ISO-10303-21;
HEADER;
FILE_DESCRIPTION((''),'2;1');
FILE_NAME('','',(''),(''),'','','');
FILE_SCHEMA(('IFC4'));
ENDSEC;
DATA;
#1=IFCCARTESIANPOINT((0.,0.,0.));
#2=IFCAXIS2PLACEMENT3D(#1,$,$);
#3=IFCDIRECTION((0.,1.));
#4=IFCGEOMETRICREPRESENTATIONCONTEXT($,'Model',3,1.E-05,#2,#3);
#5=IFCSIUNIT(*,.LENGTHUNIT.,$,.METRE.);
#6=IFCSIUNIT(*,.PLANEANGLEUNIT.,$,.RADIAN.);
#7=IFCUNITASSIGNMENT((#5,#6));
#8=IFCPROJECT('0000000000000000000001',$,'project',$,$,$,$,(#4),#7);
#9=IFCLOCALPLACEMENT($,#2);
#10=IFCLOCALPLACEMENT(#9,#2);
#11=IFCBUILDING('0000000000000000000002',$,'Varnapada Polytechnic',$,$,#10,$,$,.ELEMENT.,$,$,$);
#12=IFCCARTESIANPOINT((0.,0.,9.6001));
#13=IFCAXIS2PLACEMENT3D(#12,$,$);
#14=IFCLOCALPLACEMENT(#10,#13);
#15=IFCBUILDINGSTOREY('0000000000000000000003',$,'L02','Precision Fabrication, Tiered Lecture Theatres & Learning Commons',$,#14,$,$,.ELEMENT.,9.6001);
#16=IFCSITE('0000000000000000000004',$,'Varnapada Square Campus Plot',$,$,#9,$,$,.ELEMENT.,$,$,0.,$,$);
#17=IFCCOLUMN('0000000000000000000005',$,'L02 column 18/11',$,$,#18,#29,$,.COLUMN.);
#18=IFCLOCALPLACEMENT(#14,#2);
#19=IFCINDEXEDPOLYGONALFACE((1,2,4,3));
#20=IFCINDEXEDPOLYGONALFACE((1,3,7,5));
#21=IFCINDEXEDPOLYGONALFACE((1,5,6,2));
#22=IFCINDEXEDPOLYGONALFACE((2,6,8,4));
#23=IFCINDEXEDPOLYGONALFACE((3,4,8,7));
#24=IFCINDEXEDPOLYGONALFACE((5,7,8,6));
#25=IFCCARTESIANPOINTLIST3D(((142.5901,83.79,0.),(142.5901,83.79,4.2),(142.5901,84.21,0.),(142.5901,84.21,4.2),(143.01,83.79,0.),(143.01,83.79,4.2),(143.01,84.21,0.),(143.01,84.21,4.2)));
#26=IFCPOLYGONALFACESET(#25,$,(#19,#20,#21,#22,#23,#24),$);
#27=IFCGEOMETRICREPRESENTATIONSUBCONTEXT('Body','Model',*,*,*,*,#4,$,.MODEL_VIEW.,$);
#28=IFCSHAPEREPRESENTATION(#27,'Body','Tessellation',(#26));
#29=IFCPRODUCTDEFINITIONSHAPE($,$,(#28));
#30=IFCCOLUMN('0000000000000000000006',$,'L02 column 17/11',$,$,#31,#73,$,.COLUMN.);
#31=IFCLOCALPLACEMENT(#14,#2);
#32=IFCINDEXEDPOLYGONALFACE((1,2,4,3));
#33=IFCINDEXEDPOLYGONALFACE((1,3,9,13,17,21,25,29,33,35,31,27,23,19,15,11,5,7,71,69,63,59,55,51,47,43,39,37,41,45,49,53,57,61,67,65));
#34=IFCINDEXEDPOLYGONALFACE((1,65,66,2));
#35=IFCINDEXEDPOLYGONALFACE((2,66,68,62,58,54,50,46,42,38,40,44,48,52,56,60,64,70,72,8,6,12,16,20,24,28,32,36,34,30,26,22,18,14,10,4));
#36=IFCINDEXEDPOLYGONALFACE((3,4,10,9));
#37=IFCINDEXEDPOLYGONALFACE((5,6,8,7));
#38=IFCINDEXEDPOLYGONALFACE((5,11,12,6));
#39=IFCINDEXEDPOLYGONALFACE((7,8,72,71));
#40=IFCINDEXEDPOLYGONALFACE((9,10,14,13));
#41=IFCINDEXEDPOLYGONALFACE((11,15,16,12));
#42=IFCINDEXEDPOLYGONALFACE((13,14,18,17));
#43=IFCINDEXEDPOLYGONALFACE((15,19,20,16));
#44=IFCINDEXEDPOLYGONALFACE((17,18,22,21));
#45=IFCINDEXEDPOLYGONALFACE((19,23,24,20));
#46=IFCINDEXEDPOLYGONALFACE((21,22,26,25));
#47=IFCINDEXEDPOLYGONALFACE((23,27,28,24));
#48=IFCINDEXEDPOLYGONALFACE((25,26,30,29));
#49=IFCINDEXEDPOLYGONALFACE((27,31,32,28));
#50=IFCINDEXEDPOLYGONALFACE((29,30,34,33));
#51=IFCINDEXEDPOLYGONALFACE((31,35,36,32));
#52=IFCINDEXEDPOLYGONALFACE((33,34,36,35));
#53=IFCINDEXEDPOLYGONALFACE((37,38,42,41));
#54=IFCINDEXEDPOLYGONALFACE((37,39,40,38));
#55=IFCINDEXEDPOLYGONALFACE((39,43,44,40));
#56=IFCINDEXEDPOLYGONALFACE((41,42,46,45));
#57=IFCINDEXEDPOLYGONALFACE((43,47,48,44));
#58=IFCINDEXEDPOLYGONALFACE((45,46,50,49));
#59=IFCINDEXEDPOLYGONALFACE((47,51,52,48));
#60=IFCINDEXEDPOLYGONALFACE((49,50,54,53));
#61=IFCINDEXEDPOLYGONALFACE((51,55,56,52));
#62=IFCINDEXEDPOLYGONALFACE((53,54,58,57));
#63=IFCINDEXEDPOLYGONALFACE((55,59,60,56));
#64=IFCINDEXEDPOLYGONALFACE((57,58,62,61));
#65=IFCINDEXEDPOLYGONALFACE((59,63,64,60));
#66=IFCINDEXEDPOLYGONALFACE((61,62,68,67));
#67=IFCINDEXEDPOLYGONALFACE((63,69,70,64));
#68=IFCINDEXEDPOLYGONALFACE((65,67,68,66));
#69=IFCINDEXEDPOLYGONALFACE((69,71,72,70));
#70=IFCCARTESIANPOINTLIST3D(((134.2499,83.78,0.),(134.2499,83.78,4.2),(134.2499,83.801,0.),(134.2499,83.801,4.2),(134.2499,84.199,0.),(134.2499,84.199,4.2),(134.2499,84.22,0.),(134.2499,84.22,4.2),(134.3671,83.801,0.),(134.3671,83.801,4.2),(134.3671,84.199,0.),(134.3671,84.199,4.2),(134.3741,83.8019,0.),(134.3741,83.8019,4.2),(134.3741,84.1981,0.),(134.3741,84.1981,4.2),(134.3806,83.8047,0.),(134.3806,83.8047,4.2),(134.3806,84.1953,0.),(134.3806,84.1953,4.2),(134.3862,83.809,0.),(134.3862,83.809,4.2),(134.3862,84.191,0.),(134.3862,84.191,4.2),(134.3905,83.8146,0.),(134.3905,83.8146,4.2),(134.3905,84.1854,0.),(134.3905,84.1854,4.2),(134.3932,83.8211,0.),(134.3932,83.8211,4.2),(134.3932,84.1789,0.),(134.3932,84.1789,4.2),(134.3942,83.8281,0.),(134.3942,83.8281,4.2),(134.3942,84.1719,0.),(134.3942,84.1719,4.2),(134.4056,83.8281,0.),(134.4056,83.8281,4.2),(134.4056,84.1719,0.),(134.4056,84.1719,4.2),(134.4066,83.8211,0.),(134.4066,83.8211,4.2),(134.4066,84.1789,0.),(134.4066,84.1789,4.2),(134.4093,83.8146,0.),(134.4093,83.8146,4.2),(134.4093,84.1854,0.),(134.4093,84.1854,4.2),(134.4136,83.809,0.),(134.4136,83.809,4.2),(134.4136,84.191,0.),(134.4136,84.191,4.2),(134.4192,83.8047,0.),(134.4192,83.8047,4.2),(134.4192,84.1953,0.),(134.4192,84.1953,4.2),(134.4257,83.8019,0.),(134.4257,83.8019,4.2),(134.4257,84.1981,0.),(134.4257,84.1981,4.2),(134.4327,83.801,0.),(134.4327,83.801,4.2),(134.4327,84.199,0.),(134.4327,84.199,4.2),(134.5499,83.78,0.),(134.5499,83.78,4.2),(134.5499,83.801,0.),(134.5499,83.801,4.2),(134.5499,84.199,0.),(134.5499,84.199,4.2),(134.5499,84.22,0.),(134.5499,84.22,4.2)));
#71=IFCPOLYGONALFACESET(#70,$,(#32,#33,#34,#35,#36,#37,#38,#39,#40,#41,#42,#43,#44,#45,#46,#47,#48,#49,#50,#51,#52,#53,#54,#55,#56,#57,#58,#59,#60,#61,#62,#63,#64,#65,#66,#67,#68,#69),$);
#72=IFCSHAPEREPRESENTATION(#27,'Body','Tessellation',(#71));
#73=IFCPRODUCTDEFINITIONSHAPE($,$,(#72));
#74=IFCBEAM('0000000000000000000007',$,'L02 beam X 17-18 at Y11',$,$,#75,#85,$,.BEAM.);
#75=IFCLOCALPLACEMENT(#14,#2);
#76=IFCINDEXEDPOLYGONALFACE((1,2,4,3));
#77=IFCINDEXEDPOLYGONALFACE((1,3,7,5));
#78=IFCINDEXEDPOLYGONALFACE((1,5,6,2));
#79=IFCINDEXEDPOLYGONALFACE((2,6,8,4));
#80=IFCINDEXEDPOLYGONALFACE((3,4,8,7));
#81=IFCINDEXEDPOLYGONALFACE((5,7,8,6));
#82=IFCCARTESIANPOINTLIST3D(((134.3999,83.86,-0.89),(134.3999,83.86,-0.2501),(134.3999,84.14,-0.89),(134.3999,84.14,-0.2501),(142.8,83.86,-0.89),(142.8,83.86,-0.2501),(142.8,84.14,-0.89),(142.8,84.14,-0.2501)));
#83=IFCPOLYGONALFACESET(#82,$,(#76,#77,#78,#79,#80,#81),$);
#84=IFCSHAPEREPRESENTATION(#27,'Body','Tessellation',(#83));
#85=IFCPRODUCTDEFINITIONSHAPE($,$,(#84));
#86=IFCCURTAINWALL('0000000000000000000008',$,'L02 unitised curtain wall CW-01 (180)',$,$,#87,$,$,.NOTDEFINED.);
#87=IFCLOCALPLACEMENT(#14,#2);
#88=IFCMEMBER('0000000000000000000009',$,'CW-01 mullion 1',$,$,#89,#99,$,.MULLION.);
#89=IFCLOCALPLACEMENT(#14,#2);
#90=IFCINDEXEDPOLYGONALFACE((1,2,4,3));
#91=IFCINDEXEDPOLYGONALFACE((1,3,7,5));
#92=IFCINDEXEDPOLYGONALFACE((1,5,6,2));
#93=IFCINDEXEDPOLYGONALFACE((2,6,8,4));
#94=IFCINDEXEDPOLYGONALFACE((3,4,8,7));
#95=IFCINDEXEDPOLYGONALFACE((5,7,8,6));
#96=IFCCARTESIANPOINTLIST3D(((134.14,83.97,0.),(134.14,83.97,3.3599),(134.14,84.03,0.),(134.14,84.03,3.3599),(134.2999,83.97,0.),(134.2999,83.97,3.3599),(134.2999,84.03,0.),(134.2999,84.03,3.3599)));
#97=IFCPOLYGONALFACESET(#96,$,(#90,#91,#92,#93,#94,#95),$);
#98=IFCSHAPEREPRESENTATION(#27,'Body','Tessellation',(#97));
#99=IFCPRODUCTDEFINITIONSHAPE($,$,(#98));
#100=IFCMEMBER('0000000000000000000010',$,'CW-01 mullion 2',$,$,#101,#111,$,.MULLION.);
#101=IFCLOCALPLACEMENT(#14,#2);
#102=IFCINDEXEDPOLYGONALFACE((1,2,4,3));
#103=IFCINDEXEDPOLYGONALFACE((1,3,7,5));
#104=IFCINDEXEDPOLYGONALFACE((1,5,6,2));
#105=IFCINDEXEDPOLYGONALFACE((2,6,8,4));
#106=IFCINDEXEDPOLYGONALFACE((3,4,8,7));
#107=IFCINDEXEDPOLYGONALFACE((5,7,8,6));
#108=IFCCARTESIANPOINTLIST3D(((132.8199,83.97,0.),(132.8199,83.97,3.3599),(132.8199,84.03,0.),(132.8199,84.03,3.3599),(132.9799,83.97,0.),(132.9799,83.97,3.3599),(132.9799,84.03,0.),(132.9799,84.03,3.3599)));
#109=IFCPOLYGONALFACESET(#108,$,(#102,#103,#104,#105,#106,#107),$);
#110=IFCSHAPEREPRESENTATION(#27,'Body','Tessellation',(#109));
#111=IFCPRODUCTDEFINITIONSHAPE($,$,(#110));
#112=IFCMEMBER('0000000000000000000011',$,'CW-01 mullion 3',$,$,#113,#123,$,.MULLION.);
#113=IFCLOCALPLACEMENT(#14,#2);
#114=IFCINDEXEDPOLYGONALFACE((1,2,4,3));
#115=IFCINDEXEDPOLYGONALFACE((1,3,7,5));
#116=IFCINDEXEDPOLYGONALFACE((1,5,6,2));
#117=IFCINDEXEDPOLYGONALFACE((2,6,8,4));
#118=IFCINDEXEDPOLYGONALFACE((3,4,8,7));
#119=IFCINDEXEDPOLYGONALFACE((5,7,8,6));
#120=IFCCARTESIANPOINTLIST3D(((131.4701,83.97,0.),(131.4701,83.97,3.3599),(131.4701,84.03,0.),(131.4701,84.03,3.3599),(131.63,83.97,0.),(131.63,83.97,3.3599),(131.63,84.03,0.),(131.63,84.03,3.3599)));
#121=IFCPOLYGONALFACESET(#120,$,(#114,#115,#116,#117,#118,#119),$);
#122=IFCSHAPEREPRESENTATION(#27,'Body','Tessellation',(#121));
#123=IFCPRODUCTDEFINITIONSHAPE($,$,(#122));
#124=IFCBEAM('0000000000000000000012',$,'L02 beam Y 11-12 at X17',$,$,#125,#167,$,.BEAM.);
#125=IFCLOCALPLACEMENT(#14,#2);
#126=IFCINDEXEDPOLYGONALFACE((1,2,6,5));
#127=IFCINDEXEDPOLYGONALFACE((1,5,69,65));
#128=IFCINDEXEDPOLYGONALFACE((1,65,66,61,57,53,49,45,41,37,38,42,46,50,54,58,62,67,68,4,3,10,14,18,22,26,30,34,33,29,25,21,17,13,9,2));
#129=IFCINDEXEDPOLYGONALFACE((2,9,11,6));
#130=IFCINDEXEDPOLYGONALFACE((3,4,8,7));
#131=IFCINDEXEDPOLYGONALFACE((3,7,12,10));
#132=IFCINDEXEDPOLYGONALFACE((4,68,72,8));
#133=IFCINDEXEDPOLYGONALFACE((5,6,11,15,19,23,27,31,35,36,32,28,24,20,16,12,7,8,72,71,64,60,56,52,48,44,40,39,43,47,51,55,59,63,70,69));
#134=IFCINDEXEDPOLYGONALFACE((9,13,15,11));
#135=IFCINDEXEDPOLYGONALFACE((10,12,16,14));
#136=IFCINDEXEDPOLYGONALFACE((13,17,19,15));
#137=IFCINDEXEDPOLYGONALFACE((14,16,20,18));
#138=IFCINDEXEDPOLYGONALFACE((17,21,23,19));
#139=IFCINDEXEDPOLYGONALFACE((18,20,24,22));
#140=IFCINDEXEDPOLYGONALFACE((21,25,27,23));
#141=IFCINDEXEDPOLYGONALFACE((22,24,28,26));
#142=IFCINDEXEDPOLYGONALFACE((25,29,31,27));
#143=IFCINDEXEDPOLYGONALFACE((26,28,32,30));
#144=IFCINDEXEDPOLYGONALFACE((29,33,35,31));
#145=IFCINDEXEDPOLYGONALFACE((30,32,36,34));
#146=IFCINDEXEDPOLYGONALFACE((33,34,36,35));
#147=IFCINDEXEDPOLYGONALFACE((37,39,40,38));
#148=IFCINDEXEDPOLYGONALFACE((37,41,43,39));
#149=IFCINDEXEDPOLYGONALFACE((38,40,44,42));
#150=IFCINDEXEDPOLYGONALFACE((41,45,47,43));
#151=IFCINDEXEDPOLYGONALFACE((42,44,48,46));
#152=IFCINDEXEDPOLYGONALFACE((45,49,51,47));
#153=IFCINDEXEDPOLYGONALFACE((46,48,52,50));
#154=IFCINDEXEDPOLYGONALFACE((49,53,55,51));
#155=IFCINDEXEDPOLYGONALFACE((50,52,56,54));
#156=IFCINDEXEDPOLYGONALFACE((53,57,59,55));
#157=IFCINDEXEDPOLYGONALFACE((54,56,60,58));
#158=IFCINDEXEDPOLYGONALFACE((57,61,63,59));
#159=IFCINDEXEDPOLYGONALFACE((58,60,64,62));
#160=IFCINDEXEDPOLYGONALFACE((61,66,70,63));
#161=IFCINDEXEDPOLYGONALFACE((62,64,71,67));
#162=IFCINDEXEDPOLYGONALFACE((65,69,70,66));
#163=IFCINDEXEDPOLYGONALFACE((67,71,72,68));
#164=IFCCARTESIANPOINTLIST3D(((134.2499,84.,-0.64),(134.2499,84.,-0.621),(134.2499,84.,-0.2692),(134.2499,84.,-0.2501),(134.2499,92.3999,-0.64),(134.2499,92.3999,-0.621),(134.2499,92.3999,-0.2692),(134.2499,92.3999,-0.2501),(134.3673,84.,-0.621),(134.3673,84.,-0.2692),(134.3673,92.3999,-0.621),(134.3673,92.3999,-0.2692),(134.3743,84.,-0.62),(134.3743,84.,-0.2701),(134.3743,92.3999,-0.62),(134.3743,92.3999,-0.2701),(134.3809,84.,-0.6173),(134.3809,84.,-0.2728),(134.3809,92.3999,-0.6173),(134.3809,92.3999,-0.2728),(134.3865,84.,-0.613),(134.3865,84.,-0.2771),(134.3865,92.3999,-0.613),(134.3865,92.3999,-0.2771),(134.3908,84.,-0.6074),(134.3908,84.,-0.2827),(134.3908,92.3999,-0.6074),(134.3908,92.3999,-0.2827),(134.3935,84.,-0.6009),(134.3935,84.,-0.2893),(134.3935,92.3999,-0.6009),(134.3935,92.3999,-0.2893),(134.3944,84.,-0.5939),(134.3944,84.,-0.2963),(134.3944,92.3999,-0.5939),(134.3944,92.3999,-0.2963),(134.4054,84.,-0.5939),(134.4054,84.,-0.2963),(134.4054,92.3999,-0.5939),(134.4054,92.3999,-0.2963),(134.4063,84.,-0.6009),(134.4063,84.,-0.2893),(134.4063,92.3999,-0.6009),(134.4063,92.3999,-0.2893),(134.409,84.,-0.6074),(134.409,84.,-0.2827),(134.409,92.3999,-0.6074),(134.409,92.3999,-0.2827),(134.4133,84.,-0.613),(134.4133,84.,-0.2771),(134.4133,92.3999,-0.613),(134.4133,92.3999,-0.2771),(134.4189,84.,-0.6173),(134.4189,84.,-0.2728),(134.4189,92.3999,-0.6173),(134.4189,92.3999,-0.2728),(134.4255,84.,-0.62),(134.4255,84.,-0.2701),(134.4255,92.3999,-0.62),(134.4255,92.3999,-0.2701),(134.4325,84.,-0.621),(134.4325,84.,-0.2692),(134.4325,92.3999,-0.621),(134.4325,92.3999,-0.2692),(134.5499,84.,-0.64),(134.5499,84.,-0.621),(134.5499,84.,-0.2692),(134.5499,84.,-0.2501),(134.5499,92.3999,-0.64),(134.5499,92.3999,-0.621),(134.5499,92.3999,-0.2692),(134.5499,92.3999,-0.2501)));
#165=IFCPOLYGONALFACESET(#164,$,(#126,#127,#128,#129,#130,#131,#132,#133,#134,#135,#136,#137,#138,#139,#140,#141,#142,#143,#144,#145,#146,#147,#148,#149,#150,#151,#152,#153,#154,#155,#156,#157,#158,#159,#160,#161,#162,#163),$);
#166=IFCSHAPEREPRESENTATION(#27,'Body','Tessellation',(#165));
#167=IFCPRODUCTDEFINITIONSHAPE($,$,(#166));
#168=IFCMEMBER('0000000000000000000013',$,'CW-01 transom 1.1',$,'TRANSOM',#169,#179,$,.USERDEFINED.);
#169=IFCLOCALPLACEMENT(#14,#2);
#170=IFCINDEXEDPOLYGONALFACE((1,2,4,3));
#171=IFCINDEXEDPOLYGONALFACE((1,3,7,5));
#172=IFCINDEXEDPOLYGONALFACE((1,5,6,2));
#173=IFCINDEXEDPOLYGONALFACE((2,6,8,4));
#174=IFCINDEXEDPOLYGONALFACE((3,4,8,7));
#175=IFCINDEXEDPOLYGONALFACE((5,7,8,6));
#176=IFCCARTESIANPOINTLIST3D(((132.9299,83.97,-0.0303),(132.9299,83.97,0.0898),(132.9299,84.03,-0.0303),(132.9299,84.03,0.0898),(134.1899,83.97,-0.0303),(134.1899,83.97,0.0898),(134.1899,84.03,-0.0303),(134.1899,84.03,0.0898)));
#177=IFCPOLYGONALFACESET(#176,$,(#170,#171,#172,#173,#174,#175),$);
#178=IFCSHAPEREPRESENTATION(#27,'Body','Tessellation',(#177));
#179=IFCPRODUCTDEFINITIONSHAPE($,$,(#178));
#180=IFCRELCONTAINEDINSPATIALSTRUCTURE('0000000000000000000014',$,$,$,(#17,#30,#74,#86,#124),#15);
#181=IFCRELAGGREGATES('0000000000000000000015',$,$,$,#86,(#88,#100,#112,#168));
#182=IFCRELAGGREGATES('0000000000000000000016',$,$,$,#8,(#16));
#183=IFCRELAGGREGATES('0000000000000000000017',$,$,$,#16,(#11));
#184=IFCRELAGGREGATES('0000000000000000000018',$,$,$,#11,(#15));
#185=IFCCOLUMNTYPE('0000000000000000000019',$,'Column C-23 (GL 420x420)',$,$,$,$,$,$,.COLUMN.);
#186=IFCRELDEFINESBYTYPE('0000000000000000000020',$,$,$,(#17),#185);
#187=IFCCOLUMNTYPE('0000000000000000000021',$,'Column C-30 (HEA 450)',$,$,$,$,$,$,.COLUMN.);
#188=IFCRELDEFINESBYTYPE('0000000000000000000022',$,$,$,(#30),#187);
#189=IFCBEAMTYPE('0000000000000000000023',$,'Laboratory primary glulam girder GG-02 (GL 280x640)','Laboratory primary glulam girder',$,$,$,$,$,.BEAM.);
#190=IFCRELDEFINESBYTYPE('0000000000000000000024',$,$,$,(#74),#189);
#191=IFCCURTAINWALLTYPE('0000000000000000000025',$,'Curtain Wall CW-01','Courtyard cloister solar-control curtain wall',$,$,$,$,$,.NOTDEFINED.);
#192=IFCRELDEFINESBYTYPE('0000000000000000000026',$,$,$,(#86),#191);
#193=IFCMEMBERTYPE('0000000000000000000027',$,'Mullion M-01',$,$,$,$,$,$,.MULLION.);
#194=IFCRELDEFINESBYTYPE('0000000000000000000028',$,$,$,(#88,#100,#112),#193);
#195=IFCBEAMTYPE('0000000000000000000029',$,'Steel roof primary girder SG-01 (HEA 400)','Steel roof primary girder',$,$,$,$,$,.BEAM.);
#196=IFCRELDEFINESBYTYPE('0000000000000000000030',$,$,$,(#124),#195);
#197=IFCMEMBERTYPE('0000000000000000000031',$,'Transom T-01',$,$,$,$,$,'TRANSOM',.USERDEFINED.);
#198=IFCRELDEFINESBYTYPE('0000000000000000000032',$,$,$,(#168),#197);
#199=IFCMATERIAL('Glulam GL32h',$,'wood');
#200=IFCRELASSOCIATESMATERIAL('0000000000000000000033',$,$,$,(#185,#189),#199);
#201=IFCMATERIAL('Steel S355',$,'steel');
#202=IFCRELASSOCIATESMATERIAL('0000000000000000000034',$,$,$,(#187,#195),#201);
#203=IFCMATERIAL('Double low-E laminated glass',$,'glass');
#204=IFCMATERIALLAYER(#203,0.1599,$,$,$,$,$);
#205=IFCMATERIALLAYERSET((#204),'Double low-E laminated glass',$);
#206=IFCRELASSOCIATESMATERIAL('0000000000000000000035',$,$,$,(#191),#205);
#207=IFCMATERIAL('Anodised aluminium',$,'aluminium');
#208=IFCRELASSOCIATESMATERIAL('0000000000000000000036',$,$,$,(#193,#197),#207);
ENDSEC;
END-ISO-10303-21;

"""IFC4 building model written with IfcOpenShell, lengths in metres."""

from ifc_helpers import new_model, si_unit, direction, frame, origin, origin_2d, place, context, subcontext, project, spatial, rectangle, i_section, extrude, material, layer, layer_set, material_profile, profile_set, type_object, element, aggregate, save


model = new_model("IFC4")

# Units and contexts
model_context = context("Model", 3, precision=1e-05, world=origin(), true_north=direction((0.0, 1.0)))
body_context = subcontext(model_context, "Body", "Model", "MODEL_VIEW")
ifc_project = project(units=[si_unit("LENGTHUNIT", "METRE"), si_unit("PLANEANGLEUNIT", "RADIAN")], contexts=[model_context])

# Site, building, storey
site_placement = place(None, origin())
site = spatial("IfcSite", under=ifc_project, at=site_placement, Name="Varnapada Square Campus Plot", CompositionType="ELEMENT", RefElevation=0.0)
building_placement = place(site_placement, origin())
building = spatial("IfcBuilding", under=site, at=building_placement, Name="Varnapada Polytechnic", CompositionType="ELEMENT")
storey_placement = place(building_placement, frame((0.0, 0.0, 9.6001)))
storey = spatial("IfcBuildingStorey", under=building, at=storey_placement, Name="L02", Description="Precision Fabrication, Tiered Lecture Theatres & Learning Commons", CompositionType="ELEMENT", Elevation=9.6001)

# Columns
ifc_material_1 = material(Name="Glulam GL32h", Category="wood")
ifc_material_profile_1 = material_profile(ifc_material_1, rectangle(XDim=0.4199, YDim=0.4199, at=origin_2d()), Name="GL 420x420")
ifc_profile_set_1 = profile_set([ifc_material_profile_1], Name="Glulam GL32h")
column_type_1 = type_object("IfcColumnType", Name="Column C-23 (GL 420x420)", PredefinedType="COLUMN", material=ifc_profile_set_1)
column_1_placement = place(storey_placement, frame((142.8, 84.0, 0.0), z_axis=(0.0, 0.0, 1.0), x_axis=(1.0, 0.0, 0.0)))
element("IfcColumn", 1, at=column_1_placement, inside=storey, type_object=column_type_1, Name="L02 column 18/11", PredefinedType="COLUMN", context=body_context, shape_type="SweptSolid", body=[
    extrude(rectangle(XDim=0.4199, YDim=0.4199, at=origin_2d()), origin(), (0.0, 0.0, 1.0), 4.2),
])
ifc_material_2 = material(Name="Steel S355", Category="steel")
ifc_material_profile_2 = material_profile(ifc_material_2, i_section(OverallWidth=0.3, OverallDepth=0.4399, WebThickness=0.0115, FlangeThickness=0.021, FilletRadius=0.0271, at=origin_2d()), Name="HEA 450")
ifc_profile_set_2 = profile_set([ifc_material_profile_2], Name="Steel S355")
column_type_2 = type_object("IfcColumnType", Name="Column C-30 (HEA 450)", PredefinedType="COLUMN", material=ifc_profile_set_2)
column_2_placement = place(storey_placement, frame((134.3999, 84.0, 0.0), z_axis=(0.0, 0.0, 1.0), x_axis=(1.0, 0.0, 0.0)))
element("IfcColumn", 2, at=column_2_placement, inside=storey, type_object=column_type_2, Name="L02 column 17/11", PredefinedType="COLUMN", context=body_context, shape_type="SweptSolid", body=[
    extrude(i_section(OverallWidth=0.3, OverallDepth=0.4399, WebThickness=0.0115, FlangeThickness=0.021, FilletRadius=0.0271, at=origin_2d()), origin(), (0.0, 0.0, 1.0), 4.2),
])

# Beam
ifc_material_profile_3 = material_profile(ifc_material_1, rectangle(XDim=0.28, YDim=0.6399, at=origin_2d()), Name="GL 280x640")
ifc_profile_set_3 = profile_set([ifc_material_profile_3], Name="Glulam GL32h")
beam_type_1 = type_object("IfcBeamType", Name="Laboratory primary glulam girder GG-02 (GL 280x640)", Description="Laboratory primary glulam girder", PredefinedType="BEAM", material=ifc_profile_set_3)
beam_1_placement = place(storey_placement, frame((134.3999, 84.0, -0.5701), z_axis=(1.0, 0.0, 0.0), x_axis=(0.0, 1.0, 0.0)))
element("IfcBeam", 3, at=beam_1_placement, inside=storey, type_object=beam_type_1, Name="L02 beam X 17-18 at Y11", PredefinedType="BEAM", context=body_context, shape_type="SweptSolid", body=[
    extrude(rectangle(XDim=0.28, YDim=0.6399, at=origin_2d()), origin(), (0.0, 0.0, 1.0), 8.4001),
])

# Curtain wall, members
ifc_material_3 = material(Name="Double low-E laminated glass", Category="glass")
ifc_layer_1 = layer(ifc_material_3, 0.1599)
ifc_layer_set_1 = layer_set([ifc_layer_1], Name="Double low-E laminated glass")
curtain_wall_type = type_object("IfcCurtainWallType", Name="Curtain Wall CW-01", Description="Courtyard cloister solar-control curtain wall", PredefinedType="NOTDEFINED", material=ifc_layer_set_1)
curtain_wall_placement = place(storey_placement, origin())
curtain_wall = element("IfcCurtainWall", 4, at=curtain_wall_placement, inside=storey, type_object=curtain_wall_type, Name="L02 unitised curtain wall CW-01 (180)", PredefinedType="NOTDEFINED")
ifc_material_4 = material(Name="Anodised aluminium", Category="aluminium")
ifc_material_profile_4 = material_profile(ifc_material_4, rectangle(XDim=0.0601, YDim=0.1599, at=origin_2d()), Name="ALU M60x160")
ifc_profile_set_4 = profile_set([ifc_material_profile_4], Name="Anodised aluminium")
member_type_1 = type_object("IfcMemberType", Name="Mullion M-01", PredefinedType="MULLION", material=ifc_profile_set_4)
member_1_placement = place(storey_placement, frame((134.22, 84.0, 0.0), z_axis=(0.0, 0.0, 1.0), x_axis=(0.0, -1.0, 0.0)))
member_1 = element("IfcMember", 5, at=member_1_placement, type_object=member_type_1, Name="CW-01 mullion 1", PredefinedType="MULLION", context=body_context, shape_type="SweptSolid", body=[
    extrude(rectangle(XDim=0.0601, YDim=0.1599, at=origin_2d()), origin(), (0.0, 0.0, 1.0), 3.3599),
])
member_2_placement = place(storey_placement, frame((132.8999, 84.0, 0.0), z_axis=(0.0, 0.0, 1.0), x_axis=(0.0, -1.0, 0.0)))
member_2 = element("IfcMember", 6, at=member_2_placement, type_object=member_type_1, Name="CW-01 mullion 2", PredefinedType="MULLION", context=body_context, shape_type="SweptSolid", body=[
    extrude(rectangle(XDim=0.0601, YDim=0.1599, at=origin_2d()), origin(), (0.0, 0.0, 1.0), 3.3599),
])
member_3_placement = place(storey_placement, frame((131.55, 84.0, 0.0), z_axis=(0.0, 0.0, 1.0), x_axis=(0.0, -1.0, 0.0)))
member_3 = element("IfcMember", 7, at=member_3_placement, type_object=member_type_1, Name="CW-01 mullion 3", PredefinedType="MULLION", context=body_context, shape_type="SweptSolid", body=[
    extrude(rectangle(XDim=0.0601, YDim=0.1599, at=origin_2d()), origin(), (0.0, 0.0, 1.0), 3.3599),
])

# Beam
ifc_material_profile_5 = material_profile(ifc_material_2, i_section(OverallWidth=0.3, OverallDepth=0.3899, WebThickness=0.011, FlangeThickness=0.019, FilletRadius=0.0271, at=origin_2d()), Name="HEA 400")
ifc_profile_set_5 = profile_set([ifc_material_profile_5], Name="Steel S355")
beam_type_2 = type_object("IfcBeamType", Name="Steel roof primary girder SG-01 (HEA 400)", Description="Steel roof primary girder", PredefinedType="BEAM", material=ifc_profile_set_5)
beam_2_placement = place(storey_placement, frame((134.3999, 84.0, -0.4451), z_axis=(0.0, 1.0, 0.0), x_axis=(-1.0, 0.0, 0.0)))
element("IfcBeam", 8, at=beam_2_placement, inside=storey, type_object=beam_type_2, Name="L02 beam Y 11-12 at X17", PredefinedType="BEAM", context=body_context, shape_type="SweptSolid", body=[
    extrude(i_section(OverallWidth=0.3, OverallDepth=0.3899, WebThickness=0.011, FlangeThickness=0.019, FilletRadius=0.0271, at=origin_2d()), origin(), (0.0, 0.0, 1.0), 8.3999),
])

# Member
ifc_material_profile_6 = material_profile(ifc_material_4, rectangle(XDim=0.0601, YDim=0.1201, at=origin_2d()), Name="ALU T60x120")
ifc_profile_set_6 = profile_set([ifc_material_profile_6], Name="Anodised aluminium")
member_type_2 = type_object("IfcMemberType", Name="Transom T-01", ElementType="TRANSOM", PredefinedType="USERDEFINED", material=ifc_profile_set_6)
member_4_placement = place(storey_placement, frame((134.1899, 84.0, 0.0298), z_axis=(-1.0, 0.0, 0.0), x_axis=(0.0, -1.0, 0.0)))
member_4 = element("IfcMember", 9, at=member_4_placement, type_object=member_type_2, Name="CW-01 transom 1.1", ObjectType="TRANSOM", PredefinedType="USERDEFINED", context=body_context, shape_type="SweptSolid", body=[
    extrude(rectangle(XDim=0.0601, YDim=0.1201, at=origin_2d()), origin(), (0.0, 0.0, 1.0), 1.26),
])

aggregate(curtain_wall, [member_1, member_2, member_3, member_4])

save(model, "model.ifc")
